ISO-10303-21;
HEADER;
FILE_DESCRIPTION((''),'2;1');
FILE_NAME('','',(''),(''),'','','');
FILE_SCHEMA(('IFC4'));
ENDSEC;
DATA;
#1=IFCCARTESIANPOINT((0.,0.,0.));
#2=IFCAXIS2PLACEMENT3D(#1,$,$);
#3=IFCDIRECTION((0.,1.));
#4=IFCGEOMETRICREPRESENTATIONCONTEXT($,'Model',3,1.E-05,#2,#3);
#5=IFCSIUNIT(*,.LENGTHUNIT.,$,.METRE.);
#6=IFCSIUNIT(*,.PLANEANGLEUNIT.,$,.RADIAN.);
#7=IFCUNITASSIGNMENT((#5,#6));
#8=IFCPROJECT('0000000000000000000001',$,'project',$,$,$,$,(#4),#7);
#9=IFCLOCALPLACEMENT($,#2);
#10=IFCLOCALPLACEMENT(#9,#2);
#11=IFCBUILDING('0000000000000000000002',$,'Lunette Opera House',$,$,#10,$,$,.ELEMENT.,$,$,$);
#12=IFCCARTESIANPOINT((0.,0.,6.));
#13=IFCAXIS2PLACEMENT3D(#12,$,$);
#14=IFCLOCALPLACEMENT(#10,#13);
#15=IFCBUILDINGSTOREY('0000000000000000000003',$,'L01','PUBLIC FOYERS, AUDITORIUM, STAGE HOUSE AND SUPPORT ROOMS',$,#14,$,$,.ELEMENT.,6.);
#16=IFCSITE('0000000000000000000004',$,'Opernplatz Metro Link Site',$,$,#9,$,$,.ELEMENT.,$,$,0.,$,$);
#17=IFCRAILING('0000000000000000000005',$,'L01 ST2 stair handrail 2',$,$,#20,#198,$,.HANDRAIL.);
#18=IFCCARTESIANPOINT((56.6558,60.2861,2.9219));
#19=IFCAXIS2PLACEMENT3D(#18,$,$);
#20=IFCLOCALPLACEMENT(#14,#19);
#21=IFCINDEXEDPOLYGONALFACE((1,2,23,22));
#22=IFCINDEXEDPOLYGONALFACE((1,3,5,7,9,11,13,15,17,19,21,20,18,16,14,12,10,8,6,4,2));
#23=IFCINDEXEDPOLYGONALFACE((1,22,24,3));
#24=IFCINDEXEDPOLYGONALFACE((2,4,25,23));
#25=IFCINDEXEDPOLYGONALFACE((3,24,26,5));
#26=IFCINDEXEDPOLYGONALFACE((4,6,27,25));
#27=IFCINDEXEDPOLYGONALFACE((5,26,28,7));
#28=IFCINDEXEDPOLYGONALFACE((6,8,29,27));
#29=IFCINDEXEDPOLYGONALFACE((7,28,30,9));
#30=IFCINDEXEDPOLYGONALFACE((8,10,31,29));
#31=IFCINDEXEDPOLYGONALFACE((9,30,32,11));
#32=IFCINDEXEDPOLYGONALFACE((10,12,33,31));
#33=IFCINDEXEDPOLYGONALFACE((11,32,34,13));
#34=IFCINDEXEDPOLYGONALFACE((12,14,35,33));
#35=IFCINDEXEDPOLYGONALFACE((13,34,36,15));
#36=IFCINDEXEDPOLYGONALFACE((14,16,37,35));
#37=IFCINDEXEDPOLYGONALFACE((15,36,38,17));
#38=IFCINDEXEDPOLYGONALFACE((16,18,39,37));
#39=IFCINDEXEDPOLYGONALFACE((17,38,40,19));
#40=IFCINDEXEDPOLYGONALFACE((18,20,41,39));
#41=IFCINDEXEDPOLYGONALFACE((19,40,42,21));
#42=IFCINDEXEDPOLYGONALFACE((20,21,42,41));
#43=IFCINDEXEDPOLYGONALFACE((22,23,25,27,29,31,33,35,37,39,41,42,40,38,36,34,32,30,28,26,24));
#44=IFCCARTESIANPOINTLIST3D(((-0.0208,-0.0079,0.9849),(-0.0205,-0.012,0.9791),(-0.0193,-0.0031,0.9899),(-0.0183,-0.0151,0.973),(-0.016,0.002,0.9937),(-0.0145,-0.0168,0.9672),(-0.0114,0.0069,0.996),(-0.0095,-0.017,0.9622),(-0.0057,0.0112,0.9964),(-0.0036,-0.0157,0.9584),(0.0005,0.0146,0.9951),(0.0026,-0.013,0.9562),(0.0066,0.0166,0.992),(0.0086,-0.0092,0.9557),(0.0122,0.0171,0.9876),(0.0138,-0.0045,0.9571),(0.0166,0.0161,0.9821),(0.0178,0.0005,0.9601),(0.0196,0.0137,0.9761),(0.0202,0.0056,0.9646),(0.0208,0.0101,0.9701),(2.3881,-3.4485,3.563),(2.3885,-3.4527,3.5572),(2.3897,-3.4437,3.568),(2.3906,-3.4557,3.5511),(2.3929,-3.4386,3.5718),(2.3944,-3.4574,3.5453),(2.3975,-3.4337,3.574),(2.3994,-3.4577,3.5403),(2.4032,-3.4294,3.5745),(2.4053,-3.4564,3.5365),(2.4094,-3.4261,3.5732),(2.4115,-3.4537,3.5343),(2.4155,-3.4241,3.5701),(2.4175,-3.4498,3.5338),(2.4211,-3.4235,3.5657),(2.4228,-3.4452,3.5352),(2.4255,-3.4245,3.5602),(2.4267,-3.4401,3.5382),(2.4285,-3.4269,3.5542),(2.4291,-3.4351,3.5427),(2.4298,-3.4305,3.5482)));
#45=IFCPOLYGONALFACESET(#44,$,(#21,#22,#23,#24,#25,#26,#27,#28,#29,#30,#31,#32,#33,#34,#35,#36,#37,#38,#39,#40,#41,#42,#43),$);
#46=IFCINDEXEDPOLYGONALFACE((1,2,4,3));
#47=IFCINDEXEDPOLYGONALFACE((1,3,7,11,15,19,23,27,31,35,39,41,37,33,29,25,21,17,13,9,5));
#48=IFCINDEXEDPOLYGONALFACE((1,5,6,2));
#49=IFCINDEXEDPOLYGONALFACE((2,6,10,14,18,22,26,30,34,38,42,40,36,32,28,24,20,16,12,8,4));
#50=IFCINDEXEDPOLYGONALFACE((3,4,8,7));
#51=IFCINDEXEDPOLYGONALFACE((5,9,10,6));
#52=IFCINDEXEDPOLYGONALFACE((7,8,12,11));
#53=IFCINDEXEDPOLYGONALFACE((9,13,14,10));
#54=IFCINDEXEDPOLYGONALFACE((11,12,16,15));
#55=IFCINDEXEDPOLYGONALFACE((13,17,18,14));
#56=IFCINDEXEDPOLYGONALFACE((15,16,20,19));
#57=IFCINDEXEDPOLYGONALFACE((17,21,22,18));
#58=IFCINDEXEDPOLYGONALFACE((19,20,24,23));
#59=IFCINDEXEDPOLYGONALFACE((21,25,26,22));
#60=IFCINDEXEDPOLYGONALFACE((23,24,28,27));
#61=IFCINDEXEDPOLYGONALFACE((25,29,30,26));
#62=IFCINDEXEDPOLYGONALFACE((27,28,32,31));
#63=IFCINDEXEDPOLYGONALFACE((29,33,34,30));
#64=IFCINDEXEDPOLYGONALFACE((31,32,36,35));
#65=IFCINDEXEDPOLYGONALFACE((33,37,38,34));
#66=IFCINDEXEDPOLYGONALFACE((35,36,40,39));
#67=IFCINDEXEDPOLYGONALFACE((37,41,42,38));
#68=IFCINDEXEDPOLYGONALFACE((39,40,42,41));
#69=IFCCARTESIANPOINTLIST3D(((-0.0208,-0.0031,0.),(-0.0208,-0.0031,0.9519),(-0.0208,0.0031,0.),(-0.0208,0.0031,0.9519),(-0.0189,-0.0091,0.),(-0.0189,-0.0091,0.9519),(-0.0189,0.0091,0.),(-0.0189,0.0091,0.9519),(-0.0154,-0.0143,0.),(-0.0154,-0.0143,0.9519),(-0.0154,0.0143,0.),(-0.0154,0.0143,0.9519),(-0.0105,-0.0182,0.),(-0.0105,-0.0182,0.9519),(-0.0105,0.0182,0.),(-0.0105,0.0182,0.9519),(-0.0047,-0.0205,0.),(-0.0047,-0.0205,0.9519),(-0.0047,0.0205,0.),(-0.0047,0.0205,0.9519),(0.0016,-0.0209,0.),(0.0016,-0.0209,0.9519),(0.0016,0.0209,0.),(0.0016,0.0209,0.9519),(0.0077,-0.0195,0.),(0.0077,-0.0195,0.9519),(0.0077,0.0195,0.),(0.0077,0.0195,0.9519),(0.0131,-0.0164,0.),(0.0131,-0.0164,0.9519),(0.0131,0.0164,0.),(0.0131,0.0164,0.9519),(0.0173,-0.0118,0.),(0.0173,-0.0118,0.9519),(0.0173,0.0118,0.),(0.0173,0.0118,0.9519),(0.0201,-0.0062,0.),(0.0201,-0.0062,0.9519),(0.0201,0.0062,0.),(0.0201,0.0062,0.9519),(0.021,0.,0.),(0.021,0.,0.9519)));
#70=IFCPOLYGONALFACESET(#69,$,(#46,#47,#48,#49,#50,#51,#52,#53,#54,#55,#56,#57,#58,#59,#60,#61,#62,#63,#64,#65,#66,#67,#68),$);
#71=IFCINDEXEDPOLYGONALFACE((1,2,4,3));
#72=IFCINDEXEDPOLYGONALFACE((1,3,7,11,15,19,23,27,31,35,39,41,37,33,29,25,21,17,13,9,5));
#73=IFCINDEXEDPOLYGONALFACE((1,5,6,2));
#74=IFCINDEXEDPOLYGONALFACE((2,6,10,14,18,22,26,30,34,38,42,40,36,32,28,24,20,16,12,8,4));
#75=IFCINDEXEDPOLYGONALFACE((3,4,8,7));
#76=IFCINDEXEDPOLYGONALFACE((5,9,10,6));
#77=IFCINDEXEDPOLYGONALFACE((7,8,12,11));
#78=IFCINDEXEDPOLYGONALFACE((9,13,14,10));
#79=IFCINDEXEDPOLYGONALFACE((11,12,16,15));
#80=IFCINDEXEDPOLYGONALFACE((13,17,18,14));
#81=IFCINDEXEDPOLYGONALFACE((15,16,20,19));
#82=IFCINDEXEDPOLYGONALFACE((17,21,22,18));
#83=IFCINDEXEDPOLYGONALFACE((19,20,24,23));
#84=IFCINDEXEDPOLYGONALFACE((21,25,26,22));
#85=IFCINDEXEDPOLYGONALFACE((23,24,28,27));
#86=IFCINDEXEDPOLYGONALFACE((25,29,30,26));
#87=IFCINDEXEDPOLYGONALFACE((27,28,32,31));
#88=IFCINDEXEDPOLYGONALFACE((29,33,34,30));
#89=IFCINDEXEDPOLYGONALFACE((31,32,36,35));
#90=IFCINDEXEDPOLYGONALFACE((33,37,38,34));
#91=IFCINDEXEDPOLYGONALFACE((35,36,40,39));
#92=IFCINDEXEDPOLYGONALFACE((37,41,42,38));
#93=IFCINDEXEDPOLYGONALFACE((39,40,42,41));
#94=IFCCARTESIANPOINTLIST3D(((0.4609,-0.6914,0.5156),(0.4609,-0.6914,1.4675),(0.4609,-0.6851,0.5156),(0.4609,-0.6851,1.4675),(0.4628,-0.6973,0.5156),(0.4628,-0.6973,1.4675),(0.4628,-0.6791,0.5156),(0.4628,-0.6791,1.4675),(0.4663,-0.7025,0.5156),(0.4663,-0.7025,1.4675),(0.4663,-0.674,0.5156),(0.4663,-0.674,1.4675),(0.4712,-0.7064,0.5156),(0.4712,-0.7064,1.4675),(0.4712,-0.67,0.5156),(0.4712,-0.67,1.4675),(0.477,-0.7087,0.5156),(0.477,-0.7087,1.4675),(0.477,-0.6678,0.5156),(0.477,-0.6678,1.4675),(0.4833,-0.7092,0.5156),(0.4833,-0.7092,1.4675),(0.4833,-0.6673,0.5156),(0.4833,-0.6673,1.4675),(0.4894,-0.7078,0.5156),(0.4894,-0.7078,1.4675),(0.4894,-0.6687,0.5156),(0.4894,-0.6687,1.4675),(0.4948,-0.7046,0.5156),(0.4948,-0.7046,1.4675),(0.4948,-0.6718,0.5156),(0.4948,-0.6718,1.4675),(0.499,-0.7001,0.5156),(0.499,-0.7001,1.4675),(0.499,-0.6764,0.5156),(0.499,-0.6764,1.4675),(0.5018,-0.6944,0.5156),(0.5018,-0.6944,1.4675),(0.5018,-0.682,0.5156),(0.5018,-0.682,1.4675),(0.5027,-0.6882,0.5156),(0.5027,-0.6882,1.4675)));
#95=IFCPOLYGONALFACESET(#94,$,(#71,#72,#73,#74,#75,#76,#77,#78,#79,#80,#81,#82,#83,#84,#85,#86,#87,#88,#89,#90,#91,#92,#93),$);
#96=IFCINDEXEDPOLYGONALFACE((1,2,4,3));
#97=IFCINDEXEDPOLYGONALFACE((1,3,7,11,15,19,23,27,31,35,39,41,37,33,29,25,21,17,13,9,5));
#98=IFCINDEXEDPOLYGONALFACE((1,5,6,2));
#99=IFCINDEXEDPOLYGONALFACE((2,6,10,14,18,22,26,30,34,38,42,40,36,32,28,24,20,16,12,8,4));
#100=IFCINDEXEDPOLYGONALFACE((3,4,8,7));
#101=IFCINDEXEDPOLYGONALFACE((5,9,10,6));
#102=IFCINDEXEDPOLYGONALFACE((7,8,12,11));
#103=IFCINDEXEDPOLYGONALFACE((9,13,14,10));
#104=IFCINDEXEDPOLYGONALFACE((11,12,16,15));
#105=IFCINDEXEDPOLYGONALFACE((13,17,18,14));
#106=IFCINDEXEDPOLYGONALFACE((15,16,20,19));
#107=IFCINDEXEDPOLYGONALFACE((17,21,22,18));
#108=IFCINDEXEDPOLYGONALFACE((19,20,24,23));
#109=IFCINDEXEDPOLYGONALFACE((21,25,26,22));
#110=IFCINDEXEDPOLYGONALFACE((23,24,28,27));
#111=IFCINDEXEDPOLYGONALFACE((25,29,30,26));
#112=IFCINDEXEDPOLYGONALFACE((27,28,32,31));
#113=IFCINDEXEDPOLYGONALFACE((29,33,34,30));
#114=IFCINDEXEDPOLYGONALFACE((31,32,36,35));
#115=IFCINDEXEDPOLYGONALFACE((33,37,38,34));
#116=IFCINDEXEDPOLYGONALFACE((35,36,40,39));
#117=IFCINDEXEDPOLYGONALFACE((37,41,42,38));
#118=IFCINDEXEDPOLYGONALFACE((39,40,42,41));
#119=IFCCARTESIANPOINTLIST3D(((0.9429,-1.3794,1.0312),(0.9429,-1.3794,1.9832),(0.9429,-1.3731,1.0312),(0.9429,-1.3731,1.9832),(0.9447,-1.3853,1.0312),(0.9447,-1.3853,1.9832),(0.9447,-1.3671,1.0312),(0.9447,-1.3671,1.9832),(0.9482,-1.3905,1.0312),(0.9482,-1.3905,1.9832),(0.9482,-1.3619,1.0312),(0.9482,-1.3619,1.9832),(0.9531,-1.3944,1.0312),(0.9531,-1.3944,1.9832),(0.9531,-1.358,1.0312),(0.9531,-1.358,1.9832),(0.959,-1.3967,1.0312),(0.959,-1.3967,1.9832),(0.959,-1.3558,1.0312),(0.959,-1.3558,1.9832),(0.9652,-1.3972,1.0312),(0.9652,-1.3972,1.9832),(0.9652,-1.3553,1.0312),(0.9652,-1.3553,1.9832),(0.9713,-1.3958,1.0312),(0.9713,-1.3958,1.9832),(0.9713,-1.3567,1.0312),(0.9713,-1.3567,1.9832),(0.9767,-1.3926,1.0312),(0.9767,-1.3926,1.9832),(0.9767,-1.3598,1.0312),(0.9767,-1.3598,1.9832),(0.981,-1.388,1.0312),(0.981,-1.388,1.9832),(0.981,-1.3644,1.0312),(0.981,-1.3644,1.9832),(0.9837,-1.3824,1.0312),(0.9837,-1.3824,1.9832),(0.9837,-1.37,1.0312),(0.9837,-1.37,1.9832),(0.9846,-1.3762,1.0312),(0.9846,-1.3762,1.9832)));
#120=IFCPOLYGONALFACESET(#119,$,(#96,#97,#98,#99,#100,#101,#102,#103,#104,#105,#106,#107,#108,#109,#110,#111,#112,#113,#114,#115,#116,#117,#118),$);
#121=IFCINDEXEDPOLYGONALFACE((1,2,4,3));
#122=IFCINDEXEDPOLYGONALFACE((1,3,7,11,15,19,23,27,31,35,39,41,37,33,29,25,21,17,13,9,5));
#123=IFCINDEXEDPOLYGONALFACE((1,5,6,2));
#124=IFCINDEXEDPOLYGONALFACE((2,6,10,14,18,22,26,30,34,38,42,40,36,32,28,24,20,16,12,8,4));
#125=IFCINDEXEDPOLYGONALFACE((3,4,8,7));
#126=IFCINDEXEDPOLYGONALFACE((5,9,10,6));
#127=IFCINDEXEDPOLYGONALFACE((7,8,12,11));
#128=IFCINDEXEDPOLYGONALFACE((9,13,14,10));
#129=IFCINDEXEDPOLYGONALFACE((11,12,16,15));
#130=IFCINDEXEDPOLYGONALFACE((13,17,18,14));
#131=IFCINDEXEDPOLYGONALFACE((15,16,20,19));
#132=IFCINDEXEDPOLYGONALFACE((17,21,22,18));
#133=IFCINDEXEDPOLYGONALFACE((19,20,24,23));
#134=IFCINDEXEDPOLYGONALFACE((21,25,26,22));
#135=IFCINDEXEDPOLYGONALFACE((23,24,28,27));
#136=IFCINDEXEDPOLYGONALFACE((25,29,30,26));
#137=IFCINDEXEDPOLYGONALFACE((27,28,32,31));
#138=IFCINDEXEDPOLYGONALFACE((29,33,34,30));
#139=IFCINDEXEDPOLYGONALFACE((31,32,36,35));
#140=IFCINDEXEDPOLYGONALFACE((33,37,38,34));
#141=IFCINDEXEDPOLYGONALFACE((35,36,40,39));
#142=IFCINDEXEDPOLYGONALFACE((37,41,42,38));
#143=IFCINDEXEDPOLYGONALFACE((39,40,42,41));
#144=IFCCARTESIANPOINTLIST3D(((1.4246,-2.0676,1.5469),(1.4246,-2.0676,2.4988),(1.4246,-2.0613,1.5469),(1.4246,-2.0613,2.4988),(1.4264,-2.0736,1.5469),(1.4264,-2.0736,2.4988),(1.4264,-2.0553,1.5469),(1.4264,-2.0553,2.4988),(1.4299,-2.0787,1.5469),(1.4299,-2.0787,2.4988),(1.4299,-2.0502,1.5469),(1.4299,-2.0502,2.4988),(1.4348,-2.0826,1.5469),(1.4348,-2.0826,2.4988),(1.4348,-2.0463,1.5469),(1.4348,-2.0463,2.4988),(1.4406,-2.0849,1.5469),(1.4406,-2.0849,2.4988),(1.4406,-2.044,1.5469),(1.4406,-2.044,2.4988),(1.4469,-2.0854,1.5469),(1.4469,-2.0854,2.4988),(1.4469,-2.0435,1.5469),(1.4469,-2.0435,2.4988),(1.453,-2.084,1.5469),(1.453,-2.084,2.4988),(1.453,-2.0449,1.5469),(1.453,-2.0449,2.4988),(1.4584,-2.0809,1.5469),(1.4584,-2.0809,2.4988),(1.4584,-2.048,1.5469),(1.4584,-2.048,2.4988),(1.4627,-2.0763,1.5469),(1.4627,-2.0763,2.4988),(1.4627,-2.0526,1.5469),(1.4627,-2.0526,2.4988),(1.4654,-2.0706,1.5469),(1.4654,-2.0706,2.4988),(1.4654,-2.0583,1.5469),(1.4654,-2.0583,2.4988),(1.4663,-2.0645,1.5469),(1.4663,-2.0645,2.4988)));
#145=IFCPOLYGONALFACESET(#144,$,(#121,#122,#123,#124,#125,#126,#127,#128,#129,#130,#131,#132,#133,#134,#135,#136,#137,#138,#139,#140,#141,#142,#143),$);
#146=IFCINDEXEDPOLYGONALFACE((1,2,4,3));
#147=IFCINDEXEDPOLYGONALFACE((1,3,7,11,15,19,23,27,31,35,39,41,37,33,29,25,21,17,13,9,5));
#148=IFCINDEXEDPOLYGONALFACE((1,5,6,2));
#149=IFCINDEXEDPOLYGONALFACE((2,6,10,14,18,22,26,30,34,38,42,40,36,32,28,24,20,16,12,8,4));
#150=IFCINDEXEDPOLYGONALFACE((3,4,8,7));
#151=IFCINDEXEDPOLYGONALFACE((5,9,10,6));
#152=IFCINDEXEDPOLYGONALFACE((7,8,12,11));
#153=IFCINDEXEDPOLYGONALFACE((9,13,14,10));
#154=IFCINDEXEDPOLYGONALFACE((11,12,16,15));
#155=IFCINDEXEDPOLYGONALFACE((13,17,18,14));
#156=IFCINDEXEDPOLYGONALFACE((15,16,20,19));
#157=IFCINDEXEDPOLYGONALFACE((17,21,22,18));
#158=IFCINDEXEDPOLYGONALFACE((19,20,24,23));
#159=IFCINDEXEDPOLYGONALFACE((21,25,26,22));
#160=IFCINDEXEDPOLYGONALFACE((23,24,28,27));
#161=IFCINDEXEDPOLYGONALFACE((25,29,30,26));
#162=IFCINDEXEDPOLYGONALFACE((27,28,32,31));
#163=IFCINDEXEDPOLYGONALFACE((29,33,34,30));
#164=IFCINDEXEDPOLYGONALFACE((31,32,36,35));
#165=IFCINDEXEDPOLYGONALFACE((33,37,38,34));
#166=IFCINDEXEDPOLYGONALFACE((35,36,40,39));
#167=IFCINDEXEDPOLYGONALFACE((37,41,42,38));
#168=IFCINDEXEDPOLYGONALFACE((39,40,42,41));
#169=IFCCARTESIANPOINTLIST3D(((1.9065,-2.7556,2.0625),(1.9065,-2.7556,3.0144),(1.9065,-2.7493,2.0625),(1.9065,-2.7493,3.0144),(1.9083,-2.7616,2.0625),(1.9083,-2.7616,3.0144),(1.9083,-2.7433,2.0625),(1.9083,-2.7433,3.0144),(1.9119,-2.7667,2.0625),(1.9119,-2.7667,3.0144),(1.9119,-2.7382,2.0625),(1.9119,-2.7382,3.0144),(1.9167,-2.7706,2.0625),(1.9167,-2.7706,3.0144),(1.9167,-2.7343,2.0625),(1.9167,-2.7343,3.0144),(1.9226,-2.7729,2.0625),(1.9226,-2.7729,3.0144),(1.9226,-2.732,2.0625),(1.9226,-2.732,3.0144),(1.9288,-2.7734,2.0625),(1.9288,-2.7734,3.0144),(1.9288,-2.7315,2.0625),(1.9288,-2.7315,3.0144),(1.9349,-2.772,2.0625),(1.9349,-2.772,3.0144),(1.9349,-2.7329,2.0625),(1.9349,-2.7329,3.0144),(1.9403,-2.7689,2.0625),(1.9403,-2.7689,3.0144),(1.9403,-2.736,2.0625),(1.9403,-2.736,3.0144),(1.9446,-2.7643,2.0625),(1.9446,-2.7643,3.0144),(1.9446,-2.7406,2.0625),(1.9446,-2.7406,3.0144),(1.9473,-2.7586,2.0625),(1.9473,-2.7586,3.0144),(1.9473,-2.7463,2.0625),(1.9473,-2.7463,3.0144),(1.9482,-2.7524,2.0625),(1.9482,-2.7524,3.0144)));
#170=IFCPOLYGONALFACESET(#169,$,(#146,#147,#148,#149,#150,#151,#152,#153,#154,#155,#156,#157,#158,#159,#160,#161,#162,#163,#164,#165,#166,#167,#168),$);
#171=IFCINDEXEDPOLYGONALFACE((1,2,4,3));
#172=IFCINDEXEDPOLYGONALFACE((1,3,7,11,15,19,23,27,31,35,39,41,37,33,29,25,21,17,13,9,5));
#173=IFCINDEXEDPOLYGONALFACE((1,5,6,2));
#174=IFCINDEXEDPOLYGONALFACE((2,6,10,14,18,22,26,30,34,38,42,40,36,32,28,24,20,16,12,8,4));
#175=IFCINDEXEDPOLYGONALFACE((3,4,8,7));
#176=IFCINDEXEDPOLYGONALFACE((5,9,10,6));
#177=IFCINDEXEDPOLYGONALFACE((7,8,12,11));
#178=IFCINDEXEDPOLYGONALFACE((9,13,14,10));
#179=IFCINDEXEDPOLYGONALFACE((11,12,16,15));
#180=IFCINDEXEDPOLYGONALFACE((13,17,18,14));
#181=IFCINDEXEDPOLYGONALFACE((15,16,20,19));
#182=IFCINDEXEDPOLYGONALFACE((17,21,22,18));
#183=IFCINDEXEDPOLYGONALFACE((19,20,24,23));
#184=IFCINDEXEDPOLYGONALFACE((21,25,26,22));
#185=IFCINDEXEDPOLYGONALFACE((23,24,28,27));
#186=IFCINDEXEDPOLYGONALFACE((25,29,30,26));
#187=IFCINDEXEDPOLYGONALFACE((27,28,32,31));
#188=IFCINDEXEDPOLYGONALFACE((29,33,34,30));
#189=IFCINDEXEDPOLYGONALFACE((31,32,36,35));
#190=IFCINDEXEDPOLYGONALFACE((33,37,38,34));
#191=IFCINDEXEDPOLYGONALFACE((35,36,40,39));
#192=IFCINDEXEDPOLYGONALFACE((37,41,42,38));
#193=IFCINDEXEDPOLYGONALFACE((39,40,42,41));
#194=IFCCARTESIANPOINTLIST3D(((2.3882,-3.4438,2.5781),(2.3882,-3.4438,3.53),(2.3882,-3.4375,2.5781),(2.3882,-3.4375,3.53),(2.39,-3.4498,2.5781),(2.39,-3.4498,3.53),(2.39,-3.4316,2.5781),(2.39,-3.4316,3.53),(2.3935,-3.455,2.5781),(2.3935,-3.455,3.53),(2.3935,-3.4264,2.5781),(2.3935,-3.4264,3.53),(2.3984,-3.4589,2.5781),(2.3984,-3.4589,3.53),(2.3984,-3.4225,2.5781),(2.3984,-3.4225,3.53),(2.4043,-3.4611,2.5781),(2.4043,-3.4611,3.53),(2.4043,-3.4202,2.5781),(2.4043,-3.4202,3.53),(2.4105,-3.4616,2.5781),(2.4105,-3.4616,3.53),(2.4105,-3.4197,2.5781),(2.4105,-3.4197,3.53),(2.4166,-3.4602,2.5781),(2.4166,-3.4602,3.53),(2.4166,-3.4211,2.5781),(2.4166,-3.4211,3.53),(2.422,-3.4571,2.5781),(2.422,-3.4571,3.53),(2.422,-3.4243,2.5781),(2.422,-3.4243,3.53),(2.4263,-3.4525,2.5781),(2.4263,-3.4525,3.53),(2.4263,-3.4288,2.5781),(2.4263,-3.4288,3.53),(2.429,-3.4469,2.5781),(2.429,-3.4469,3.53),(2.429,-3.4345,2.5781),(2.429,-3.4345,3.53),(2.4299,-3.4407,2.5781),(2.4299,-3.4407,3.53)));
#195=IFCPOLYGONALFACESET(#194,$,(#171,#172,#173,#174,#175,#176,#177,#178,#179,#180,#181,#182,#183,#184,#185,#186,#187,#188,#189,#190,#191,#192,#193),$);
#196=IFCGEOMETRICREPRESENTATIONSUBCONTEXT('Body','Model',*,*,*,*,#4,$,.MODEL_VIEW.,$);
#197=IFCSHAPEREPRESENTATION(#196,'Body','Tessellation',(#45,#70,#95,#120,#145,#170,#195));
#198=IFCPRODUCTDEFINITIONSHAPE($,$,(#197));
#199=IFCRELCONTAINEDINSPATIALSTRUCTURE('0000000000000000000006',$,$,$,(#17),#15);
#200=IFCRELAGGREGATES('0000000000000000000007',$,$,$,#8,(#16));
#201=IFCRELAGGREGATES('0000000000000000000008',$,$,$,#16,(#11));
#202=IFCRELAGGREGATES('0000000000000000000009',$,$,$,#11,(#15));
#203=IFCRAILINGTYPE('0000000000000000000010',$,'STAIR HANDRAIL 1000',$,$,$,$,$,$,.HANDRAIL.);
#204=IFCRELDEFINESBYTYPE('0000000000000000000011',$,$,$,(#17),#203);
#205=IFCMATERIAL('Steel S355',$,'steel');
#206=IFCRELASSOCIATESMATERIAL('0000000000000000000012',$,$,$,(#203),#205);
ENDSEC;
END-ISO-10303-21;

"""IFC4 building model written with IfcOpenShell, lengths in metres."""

from ifc_helpers import new_model, si_unit, direction, frame, origin, origin_2d, place, context, subcontext, project, spatial, circle, extrude, material, type_object, element, save


model = new_model("IFC4")

# Units and contexts
model_context = context("Model", 3, precision=1e-05, world=origin(), true_north=direction((0.0, 1.0)))
body_context = subcontext(model_context, "Body", "Model", "MODEL_VIEW")
ifc_project = project(units=[si_unit("LENGTHUNIT", "METRE"), si_unit("PLANEANGLEUNIT", "RADIAN")], contexts=[model_context])

# Site, building, storey
site_placement = place(None, origin())
site = spatial("IfcSite", under=ifc_project, at=site_placement, Name="Opernplatz Metro Link Site", CompositionType="ELEMENT", RefElevation=0.0)
building_placement = place(site_placement, origin())
building = spatial("IfcBuilding", under=site, at=building_placement, Name="Lunette Opera House", CompositionType="ELEMENT")
storey_placement = place(building_placement, frame((0.0, 0.0, 6.0)))
storey = spatial("IfcBuildingStorey", under=building, at=storey_placement, Name="L01", Description="PUBLIC FOYERS, AUDITORIUM, STAGE HOUSE AND SUPPORT ROOMS", CompositionType="ELEMENT", Elevation=6.0)

# Railing
ifc_material_1 = material(Name="Steel S355", Category="steel")
railing_type_1 = type_object("IfcRailingType", Name="STAIR HANDRAIL 1000", PredefinedType="HANDRAIL", material=ifc_material_1)
railing_1_placement = place(storey_placement, frame((56.6558, 60.2861, 2.9219)))
element("IfcRailing", 1, at=railing_1_placement, inside=storey, type_object=railing_type_1, Name="L01 ST2 stair handrail 2", PredefinedType="HANDRAIL", context=body_context, shape_type="SweptSolid", body=[
    extrude(circle(Radius=0.0239, at=origin_2d()), frame((0.0, 0.0, 0.9761), z_axis=(0.488799, -0.698149, 0.523129), x_axis=(0.81918, 0.573536, 0.0)), (0.0, 0.0, 1.0), 4.9282),
    extrude(circle(Radius=0.021, at=origin_2d()), origin(), (0.0, 0.0, 1.0), 0.9519),
    extrude(circle(Radius=0.021, at=origin_2d()), frame((0.4817, -0.6882, 0.5156)), (0.0, 0.0, 1.0), 0.9519),
    extrude(circle(Radius=0.021, at=origin_2d()), frame((0.9636, -1.3762, 1.0312)), (0.0, 0.0, 1.0), 0.9519),
    extrude(circle(Radius=0.021, at=origin_2d()), frame((1.4453, -2.0645, 1.5469)), (0.0, 0.0, 1.0), 0.9519),
    extrude(circle(Radius=0.021, at=origin_2d()), frame((1.9272, -2.7524, 2.0625)), (0.0, 0.0, 1.0), 0.9519),
    extrude(circle(Radius=0.021, at=origin_2d()), frame((2.4089, -3.4407, 2.5781)), (0.0, 0.0, 1.0), 0.9519),
])

save(model, "model.ifc")
